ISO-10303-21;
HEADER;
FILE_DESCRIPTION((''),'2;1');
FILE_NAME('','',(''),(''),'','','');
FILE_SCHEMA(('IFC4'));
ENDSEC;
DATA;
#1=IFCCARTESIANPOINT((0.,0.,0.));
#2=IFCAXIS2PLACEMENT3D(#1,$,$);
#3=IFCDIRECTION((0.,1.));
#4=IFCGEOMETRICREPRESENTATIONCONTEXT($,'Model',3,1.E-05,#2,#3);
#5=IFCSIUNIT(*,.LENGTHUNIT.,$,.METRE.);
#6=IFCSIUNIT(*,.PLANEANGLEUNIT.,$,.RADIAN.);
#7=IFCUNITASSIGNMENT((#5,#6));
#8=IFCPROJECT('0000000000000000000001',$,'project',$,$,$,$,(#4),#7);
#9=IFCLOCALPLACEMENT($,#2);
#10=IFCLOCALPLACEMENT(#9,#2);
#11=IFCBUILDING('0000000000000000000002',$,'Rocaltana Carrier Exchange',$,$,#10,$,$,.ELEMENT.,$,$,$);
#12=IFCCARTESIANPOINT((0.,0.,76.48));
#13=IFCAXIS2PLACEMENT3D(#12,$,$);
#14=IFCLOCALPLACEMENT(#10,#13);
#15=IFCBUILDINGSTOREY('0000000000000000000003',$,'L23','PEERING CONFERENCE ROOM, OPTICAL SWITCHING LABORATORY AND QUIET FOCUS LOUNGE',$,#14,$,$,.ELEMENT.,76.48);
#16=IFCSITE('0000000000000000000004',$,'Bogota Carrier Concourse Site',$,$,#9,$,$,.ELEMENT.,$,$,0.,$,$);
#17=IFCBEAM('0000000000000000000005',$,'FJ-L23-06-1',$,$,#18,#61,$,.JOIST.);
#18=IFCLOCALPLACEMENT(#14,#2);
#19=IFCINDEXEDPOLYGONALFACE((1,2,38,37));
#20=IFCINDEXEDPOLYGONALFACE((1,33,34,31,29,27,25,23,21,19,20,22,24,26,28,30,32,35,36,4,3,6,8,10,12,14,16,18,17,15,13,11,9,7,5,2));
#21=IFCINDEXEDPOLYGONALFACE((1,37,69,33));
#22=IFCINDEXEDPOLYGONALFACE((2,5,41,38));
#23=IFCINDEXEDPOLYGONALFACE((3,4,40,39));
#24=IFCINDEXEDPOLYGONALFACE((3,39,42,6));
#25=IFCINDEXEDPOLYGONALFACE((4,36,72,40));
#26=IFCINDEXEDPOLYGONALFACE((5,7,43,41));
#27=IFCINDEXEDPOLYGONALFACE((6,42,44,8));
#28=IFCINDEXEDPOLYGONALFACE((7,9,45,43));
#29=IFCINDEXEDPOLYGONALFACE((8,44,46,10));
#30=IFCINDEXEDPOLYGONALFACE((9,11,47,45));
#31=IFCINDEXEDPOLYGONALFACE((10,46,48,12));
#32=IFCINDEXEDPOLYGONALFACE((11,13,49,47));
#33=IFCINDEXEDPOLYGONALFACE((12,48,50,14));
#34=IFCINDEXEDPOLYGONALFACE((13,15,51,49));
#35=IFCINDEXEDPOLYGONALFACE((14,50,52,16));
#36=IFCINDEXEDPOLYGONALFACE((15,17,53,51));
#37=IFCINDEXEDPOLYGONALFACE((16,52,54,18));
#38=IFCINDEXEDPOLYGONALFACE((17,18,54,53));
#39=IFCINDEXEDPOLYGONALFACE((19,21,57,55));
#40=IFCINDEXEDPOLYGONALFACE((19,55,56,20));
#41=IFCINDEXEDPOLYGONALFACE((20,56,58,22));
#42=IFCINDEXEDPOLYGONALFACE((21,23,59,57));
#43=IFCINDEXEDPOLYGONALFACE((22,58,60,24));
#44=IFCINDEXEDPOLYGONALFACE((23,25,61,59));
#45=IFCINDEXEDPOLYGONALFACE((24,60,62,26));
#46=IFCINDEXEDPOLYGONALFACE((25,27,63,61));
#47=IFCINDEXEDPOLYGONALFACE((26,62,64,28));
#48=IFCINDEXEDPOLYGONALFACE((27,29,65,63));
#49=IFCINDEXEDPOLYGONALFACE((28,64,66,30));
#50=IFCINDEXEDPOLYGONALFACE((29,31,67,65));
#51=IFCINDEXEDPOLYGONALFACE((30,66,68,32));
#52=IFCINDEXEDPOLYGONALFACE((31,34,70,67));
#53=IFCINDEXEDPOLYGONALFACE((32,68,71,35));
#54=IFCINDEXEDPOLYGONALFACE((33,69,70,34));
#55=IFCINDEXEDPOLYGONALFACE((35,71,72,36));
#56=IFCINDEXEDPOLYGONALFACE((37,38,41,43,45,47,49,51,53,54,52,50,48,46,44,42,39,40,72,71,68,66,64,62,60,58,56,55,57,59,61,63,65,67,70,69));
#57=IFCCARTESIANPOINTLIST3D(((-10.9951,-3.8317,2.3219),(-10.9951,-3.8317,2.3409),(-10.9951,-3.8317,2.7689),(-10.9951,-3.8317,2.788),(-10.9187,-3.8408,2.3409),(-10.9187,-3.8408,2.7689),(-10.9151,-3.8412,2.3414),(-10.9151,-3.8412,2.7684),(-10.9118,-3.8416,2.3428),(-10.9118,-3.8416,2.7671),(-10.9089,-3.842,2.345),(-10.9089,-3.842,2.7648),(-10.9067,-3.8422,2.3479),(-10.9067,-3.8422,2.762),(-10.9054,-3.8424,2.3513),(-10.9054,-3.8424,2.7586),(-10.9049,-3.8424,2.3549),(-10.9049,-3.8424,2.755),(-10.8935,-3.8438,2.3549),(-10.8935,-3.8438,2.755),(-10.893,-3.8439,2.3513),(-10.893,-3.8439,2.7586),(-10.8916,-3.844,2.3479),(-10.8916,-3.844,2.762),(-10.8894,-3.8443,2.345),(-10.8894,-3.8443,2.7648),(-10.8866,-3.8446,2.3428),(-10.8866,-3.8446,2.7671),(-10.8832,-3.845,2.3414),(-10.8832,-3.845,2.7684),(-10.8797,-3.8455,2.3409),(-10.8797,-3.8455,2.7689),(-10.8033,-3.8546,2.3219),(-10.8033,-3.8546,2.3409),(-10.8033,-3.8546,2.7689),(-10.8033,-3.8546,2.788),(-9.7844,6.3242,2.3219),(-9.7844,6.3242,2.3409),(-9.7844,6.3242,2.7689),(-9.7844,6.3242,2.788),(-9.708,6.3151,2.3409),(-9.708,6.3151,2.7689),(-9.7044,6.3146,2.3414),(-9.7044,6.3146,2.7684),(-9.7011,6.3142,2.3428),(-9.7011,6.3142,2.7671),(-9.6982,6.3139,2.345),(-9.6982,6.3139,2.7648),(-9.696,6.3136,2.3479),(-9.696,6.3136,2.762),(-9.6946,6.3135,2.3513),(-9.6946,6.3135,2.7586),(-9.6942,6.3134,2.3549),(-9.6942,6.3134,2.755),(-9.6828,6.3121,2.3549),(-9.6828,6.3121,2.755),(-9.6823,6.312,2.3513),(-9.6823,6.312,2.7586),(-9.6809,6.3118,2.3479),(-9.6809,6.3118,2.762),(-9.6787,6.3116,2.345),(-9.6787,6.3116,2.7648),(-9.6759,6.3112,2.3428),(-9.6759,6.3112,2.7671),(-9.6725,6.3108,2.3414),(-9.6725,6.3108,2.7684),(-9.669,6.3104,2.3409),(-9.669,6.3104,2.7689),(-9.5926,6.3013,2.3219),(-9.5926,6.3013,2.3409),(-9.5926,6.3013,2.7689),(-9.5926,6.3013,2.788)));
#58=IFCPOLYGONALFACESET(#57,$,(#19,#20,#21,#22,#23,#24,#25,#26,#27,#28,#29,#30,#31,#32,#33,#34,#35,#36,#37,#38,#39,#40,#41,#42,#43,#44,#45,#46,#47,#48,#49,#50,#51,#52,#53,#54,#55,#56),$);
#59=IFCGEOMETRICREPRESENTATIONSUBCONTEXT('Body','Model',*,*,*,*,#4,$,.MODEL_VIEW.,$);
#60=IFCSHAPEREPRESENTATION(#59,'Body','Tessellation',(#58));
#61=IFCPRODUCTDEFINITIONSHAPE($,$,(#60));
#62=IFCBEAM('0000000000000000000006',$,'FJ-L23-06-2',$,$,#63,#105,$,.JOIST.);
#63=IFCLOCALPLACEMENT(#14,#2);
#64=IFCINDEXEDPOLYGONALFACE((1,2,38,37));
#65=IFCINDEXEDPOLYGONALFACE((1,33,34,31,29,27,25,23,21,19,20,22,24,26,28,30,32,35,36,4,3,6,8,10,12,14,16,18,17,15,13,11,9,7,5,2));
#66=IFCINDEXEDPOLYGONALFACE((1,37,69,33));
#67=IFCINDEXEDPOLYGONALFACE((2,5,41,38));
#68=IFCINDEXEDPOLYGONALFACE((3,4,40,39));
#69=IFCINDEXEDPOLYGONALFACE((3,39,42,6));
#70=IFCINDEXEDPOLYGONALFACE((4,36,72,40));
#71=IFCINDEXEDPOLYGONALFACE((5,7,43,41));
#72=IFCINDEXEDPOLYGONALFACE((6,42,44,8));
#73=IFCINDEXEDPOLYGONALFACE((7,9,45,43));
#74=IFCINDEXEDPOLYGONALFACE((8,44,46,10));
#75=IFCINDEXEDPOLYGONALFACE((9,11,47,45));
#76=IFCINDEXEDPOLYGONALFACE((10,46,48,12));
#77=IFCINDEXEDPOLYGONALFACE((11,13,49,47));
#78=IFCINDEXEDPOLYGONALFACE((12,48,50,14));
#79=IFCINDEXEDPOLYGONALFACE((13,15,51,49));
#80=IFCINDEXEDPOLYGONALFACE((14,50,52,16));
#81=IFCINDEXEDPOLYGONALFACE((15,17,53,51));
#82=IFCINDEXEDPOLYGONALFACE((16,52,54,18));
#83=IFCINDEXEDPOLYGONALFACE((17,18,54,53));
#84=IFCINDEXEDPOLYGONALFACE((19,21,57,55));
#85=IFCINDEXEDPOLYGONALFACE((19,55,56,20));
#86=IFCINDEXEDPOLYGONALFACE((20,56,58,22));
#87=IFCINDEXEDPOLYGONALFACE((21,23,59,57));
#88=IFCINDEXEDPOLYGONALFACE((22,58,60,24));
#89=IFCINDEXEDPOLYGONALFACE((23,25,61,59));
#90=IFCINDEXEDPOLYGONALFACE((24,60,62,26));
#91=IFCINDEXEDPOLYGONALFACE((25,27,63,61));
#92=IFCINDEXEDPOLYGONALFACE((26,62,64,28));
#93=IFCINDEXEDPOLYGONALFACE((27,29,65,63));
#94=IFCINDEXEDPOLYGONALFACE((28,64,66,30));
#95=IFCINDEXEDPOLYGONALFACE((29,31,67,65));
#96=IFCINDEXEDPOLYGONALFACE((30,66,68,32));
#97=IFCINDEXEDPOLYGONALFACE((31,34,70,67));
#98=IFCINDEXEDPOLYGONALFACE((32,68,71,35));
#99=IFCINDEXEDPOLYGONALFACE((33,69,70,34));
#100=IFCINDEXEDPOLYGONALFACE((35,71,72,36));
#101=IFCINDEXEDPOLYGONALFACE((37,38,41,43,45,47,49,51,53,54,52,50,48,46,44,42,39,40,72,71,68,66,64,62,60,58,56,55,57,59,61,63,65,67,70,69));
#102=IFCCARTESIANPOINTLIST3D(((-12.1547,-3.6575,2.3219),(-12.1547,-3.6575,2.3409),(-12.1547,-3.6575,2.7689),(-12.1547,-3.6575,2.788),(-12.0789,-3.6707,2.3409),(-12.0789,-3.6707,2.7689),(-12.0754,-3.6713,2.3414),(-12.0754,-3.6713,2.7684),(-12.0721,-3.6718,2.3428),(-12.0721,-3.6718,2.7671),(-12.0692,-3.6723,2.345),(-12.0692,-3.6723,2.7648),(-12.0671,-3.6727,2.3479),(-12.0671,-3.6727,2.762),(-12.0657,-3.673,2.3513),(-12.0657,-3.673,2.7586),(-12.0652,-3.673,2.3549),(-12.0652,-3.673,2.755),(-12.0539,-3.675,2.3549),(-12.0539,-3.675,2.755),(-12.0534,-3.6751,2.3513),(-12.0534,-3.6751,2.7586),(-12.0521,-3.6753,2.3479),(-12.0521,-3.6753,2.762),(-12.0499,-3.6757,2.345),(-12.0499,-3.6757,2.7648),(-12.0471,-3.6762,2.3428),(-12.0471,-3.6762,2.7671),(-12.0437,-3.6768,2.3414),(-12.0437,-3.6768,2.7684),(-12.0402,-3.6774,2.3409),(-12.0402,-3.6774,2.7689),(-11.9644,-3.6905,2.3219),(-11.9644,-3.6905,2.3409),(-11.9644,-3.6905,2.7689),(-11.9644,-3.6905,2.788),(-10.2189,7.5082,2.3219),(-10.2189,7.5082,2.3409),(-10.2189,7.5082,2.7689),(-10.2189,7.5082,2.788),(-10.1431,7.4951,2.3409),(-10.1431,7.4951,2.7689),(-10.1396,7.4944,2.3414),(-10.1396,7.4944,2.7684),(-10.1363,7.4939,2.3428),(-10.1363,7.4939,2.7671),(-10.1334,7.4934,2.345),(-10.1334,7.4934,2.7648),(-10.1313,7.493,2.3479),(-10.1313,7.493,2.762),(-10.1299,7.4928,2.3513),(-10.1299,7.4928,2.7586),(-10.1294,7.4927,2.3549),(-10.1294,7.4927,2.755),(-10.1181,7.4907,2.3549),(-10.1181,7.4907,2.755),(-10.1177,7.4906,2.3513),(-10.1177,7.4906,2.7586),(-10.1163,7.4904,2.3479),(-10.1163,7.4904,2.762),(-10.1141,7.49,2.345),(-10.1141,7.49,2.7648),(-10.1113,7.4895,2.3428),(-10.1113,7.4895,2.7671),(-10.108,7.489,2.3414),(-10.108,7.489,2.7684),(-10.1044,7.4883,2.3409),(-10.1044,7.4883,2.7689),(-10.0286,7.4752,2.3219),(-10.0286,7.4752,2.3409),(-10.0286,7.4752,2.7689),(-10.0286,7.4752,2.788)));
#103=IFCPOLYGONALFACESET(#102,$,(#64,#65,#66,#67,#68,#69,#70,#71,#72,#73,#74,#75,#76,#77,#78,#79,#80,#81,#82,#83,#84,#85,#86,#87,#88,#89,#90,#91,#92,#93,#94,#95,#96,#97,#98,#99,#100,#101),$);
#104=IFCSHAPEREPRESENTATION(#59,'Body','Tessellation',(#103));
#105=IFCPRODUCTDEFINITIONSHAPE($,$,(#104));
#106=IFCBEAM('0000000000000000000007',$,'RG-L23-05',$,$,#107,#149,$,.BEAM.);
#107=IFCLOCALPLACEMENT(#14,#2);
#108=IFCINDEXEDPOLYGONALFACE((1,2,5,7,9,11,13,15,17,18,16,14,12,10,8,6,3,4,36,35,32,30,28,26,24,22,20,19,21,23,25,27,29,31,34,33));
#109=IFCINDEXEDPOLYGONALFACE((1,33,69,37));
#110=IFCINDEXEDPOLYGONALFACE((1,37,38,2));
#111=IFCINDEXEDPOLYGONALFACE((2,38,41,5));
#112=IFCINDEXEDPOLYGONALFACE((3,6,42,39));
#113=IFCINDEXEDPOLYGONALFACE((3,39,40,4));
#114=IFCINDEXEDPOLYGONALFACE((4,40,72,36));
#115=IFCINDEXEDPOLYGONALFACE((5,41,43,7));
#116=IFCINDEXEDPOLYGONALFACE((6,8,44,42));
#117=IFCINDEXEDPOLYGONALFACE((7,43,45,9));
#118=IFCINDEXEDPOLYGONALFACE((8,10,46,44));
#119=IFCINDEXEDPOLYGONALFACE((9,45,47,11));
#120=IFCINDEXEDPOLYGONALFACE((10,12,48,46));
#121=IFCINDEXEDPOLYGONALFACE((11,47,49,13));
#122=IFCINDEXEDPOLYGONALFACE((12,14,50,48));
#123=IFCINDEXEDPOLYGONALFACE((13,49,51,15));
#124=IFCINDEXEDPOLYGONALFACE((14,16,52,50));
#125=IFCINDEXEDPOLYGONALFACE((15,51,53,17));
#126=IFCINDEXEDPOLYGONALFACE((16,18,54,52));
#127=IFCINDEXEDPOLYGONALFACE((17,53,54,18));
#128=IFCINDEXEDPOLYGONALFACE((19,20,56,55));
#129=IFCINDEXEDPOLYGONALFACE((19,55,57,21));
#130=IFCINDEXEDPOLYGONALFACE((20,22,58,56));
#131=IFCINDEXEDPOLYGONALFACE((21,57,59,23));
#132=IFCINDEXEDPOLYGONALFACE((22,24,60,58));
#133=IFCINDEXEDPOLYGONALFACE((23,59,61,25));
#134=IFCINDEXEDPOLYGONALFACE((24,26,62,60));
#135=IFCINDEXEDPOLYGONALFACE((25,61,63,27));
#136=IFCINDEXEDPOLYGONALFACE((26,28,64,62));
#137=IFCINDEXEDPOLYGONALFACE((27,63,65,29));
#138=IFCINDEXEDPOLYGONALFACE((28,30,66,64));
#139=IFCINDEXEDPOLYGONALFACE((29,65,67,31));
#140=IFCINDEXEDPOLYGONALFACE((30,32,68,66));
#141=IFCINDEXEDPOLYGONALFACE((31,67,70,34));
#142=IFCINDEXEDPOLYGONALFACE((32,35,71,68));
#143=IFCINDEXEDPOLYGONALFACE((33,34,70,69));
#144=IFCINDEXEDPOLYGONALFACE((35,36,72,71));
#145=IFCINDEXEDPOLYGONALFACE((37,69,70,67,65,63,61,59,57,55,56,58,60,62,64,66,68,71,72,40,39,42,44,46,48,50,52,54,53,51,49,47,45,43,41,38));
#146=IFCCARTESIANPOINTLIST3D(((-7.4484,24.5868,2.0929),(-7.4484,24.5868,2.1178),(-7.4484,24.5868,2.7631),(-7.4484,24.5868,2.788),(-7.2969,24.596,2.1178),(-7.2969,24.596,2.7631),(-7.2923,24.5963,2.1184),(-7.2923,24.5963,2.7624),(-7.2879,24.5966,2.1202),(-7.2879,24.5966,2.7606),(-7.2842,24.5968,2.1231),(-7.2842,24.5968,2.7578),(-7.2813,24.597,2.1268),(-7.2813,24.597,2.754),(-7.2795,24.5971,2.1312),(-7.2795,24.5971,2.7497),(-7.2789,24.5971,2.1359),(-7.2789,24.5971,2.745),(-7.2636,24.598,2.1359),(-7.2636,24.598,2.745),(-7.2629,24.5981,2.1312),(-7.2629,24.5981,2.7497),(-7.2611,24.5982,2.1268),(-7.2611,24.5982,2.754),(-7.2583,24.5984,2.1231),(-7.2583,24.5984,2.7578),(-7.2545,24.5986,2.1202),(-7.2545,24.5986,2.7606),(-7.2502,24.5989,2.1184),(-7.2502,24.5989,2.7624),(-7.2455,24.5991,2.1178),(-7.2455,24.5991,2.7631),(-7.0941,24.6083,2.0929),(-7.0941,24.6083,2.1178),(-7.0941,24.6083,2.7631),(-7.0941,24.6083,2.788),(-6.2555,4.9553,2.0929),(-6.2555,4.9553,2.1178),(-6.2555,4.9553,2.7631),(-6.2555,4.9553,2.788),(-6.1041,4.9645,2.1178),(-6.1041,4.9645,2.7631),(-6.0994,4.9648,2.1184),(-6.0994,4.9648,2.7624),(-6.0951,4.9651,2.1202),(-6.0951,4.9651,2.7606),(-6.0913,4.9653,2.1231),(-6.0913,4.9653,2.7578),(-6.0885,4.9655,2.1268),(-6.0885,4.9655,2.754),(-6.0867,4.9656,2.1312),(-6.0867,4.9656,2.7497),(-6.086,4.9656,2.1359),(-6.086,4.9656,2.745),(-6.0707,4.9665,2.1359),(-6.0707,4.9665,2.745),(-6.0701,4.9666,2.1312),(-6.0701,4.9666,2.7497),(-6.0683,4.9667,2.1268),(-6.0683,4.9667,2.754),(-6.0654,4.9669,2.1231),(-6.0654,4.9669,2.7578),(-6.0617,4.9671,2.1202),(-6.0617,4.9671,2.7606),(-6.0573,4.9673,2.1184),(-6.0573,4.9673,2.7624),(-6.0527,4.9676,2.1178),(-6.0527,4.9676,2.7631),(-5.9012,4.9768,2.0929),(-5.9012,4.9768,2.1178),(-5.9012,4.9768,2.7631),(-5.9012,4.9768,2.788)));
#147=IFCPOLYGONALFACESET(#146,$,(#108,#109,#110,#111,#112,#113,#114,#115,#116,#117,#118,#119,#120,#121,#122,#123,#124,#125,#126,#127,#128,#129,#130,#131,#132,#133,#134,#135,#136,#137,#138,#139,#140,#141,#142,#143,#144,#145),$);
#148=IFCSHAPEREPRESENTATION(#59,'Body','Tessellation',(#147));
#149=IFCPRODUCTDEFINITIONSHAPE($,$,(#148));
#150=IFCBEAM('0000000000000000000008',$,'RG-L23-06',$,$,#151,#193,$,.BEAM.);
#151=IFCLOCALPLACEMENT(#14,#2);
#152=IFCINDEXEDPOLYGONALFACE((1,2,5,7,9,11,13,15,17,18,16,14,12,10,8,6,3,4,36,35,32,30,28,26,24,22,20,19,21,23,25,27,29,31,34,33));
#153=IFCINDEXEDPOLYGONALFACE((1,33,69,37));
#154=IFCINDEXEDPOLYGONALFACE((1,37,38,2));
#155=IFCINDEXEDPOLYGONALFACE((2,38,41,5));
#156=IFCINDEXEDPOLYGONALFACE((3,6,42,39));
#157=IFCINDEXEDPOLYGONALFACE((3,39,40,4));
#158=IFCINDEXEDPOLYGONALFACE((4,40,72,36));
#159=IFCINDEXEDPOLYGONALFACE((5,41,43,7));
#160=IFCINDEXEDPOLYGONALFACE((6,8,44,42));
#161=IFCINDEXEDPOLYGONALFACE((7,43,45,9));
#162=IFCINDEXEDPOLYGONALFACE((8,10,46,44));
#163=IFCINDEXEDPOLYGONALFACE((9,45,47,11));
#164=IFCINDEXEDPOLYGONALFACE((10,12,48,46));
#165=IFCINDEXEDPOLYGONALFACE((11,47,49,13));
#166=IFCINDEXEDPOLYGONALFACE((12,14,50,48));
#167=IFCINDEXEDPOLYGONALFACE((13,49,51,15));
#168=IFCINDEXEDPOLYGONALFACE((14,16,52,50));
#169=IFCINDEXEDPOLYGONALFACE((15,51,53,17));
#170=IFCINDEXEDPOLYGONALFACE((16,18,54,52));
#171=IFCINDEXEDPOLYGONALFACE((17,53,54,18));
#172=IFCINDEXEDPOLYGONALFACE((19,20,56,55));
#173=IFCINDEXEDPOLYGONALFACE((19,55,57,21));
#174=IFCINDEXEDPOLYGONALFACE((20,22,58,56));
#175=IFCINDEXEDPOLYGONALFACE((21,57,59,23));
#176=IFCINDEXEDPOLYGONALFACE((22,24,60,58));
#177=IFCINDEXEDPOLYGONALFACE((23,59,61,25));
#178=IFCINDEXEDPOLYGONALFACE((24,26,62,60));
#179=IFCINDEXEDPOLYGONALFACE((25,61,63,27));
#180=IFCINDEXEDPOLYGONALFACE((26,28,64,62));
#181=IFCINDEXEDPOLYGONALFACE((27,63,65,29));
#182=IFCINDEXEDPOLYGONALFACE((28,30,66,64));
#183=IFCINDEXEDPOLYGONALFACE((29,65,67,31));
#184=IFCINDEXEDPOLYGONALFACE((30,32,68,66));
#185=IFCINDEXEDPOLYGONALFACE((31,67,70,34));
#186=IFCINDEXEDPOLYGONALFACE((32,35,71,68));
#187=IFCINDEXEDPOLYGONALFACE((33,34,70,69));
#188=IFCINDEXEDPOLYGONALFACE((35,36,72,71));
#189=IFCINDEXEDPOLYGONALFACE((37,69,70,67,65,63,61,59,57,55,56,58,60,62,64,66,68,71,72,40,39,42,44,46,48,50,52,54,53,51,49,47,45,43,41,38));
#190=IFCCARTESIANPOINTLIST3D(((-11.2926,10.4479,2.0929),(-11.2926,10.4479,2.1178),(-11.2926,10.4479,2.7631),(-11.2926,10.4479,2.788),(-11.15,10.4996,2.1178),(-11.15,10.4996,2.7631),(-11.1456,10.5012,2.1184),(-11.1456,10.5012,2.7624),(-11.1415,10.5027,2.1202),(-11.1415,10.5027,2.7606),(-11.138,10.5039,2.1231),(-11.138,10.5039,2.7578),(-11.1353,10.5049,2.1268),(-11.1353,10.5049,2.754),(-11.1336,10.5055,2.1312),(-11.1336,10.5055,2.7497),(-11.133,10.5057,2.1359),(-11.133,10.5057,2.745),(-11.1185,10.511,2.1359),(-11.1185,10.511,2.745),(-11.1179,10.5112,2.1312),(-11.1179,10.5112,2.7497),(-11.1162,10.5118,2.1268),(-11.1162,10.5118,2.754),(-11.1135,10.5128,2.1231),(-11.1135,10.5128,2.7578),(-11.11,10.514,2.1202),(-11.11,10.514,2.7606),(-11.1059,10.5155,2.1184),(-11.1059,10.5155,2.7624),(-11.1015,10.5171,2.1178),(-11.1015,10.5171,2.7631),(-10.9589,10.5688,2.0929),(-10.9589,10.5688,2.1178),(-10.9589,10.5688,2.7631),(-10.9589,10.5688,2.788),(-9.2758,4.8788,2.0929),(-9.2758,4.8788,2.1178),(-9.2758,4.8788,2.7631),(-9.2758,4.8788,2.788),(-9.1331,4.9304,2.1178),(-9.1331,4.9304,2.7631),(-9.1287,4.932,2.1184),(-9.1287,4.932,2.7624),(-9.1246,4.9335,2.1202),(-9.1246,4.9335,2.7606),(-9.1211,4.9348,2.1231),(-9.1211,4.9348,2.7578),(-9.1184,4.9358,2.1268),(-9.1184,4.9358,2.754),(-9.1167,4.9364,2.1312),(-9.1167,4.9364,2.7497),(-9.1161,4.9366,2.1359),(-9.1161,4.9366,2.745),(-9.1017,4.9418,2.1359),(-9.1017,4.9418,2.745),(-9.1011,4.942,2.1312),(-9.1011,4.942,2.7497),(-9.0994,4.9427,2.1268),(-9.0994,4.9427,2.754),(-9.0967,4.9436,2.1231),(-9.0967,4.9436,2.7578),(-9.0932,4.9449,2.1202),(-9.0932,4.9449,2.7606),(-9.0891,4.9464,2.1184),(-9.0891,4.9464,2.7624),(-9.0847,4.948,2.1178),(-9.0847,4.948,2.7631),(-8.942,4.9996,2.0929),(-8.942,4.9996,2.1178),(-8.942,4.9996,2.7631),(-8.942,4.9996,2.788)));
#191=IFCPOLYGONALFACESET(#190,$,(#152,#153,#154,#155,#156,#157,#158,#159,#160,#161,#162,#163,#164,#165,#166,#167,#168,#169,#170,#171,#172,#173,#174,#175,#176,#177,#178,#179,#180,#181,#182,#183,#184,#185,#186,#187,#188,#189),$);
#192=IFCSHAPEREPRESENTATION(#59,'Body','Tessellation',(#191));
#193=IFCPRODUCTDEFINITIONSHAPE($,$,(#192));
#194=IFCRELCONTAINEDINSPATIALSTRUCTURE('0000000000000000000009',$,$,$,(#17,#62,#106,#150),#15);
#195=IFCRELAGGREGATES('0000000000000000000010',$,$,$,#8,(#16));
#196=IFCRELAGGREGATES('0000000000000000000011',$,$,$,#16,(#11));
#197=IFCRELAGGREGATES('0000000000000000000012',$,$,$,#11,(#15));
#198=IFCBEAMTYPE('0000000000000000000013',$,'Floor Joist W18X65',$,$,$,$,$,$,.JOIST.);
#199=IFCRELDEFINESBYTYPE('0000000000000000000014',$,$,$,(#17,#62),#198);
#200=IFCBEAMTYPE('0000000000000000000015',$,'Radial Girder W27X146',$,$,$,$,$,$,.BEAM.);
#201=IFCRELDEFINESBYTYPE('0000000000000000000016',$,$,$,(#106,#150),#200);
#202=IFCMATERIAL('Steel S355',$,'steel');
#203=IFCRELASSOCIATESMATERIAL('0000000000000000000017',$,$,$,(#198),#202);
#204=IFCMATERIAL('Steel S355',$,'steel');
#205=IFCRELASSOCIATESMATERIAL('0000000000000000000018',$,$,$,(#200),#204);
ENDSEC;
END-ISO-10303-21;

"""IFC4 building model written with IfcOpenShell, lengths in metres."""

from ifc_helpers import new_model, si_unit, direction, frame, origin, origin_2d, place, context, subcontext, project, spatial, i_section, extrude, material, material_profile, profile_set, type_object, element, save


model = new_model("IFC4")

# Units and contexts
model_context = context("Model", 3, precision=1e-05, world=origin(), true_north=direction((0.0, 1.0)))
body_context = subcontext(model_context, "Body", "Model", "MODEL_VIEW")
ifc_project = project(units=[si_unit("LENGTHUNIT", "METRE"), si_unit("PLANEANGLEUNIT", "RADIAN")], contexts=[model_context])

# Site, building, storey
site_placement = place(None, origin())
site = spatial("IfcSite", under=ifc_project, at=site_placement, Name="Bogota Carrier Concourse Site", CompositionType="ELEMENT", RefElevation=0.0)
building_placement = place(site_placement, origin())
building = spatial("IfcBuilding", under=site, at=building_placement, Name="Rocaltana Carrier Exchange", CompositionType="ELEMENT")
storey_placement = place(building_placement, frame((0.0, 0.0, 76.48)))
storey = spatial("IfcBuildingStorey", under=building, at=storey_placement, Name="L23", Description="PEERING CONFERENCE ROOM, OPTICAL SWITCHING LABORATORY AND QUIET FOCUS LOUNGE", CompositionType="ELEMENT", Elevation=76.48)

# Beams
ifc_material_1 = material(Name="Steel S355", Category="steel")
ifc_material_profile_1 = material_profile(ifc_material_1, i_section(OverallWidth=0.1931, OverallDepth=0.4661, WebThickness=0.0115, FlangeThickness=0.019, FilletRadius=0.0139, at=origin_2d()), Name="W18X65")
ifc_profile_set_1 = profile_set([ifc_material_profile_1], Name="Steel S355")
beam_type_1 = type_object("IfcBeamType", Name="Floor Joist W18X65", PredefinedType="JOIST", material=ifc_profile_set_1)
beam_1_placement = place(storey_placement, frame((-9.6885, 6.3127, 2.5549), z_axis=(-0.118374, -0.992969, 0.0), x_axis=(0.992969, -0.118374, 0.0)))
element("IfcBeam", 1, at=beam_1_placement, inside=storey, type_object=beam_type_1, Name="FJ-L23-06-1", PredefinedType="JOIST", context=body_context, shape_type="SweptSolid", body=[
    extrude(i_section(OverallWidth=0.1931, OverallDepth=0.4661, WebThickness=0.0115, FlangeThickness=0.019, FilletRadius=0.0139, at=origin_2d()), origin(), (0.0, 0.0, 1.0), 10.2278),
])
beam_2_placement = place(storey_placement, frame((-10.1238, 7.4917, 2.5549), z_axis=(-0.17082, -0.985302, 0.0), x_axis=(0.985302, -0.17082, 0.0)))
element("IfcBeam", 2, at=beam_2_placement, inside=storey, type_object=beam_type_1, Name="FJ-L23-06-2", PredefinedType="JOIST", context=body_context, shape_type="SweptSolid", body=[
    extrude(i_section(OverallWidth=0.1931, OverallDepth=0.4661, WebThickness=0.0115, FlangeThickness=0.019, FilletRadius=0.0139, at=origin_2d()), origin(), (0.0, 0.0, 1.0), 11.3323),
])
ifc_material_2 = material(Name="Steel S355", Category="steel")
ifc_material_profile_2 = material_profile(ifc_material_2, i_section(OverallWidth=0.355, OverallDepth=0.6951, WebThickness=0.0154, FlangeThickness=0.0249, FilletRadius=0.0181, at=origin_2d()), Name="W27X146")
ifc_profile_set_2 = profile_set([ifc_material_profile_2], Name="Steel S355")
beam_type_2 = type_object("IfcBeamType", Name="Radial Girder W27X146", PredefinedType="BEAM", material=ifc_profile_set_2)
beam_3_placement = place(storey_placement, frame((-6.0784, 4.9661, 2.4404), z_axis=(-0.060651, 0.998159, 0.0), x_axis=(-0.998159, -0.060651, 0.0)))
element("IfcBeam", 3, at=beam_3_placement, inside=storey, type_object=beam_type_2, Name="RG-L23-05", PredefinedType="BEAM", context=body_context, shape_type="SweptSolid", body=[
    extrude(i_section(OverallWidth=0.355, OverallDepth=0.6951, WebThickness=0.0154, FlangeThickness=0.0249, FilletRadius=0.0181, at=origin_2d()), origin(), (0.0, 0.0, 1.0), 19.6677),
])
beam_4_placement = place(storey_placement, frame((-9.1089, 4.9392, 2.4404), z_axis=(-0.340508, 0.940242, 0.0), x_axis=(-0.940242, -0.340508, 0.0)))
element("IfcBeam", 4, at=beam_4_placement, inside=storey, type_object=beam_type_2, Name="RG-L23-06", PredefinedType="BEAM", context=body_context, shape_type="SweptSolid", body=[
    extrude(i_section(OverallWidth=0.355, OverallDepth=0.6951, WebThickness=0.0154, FlangeThickness=0.0249, FilletRadius=0.0181, at=origin_2d()), origin(), (0.0, 0.0, 1.0), 5.9231),
])

save(model, "model.ifc")
